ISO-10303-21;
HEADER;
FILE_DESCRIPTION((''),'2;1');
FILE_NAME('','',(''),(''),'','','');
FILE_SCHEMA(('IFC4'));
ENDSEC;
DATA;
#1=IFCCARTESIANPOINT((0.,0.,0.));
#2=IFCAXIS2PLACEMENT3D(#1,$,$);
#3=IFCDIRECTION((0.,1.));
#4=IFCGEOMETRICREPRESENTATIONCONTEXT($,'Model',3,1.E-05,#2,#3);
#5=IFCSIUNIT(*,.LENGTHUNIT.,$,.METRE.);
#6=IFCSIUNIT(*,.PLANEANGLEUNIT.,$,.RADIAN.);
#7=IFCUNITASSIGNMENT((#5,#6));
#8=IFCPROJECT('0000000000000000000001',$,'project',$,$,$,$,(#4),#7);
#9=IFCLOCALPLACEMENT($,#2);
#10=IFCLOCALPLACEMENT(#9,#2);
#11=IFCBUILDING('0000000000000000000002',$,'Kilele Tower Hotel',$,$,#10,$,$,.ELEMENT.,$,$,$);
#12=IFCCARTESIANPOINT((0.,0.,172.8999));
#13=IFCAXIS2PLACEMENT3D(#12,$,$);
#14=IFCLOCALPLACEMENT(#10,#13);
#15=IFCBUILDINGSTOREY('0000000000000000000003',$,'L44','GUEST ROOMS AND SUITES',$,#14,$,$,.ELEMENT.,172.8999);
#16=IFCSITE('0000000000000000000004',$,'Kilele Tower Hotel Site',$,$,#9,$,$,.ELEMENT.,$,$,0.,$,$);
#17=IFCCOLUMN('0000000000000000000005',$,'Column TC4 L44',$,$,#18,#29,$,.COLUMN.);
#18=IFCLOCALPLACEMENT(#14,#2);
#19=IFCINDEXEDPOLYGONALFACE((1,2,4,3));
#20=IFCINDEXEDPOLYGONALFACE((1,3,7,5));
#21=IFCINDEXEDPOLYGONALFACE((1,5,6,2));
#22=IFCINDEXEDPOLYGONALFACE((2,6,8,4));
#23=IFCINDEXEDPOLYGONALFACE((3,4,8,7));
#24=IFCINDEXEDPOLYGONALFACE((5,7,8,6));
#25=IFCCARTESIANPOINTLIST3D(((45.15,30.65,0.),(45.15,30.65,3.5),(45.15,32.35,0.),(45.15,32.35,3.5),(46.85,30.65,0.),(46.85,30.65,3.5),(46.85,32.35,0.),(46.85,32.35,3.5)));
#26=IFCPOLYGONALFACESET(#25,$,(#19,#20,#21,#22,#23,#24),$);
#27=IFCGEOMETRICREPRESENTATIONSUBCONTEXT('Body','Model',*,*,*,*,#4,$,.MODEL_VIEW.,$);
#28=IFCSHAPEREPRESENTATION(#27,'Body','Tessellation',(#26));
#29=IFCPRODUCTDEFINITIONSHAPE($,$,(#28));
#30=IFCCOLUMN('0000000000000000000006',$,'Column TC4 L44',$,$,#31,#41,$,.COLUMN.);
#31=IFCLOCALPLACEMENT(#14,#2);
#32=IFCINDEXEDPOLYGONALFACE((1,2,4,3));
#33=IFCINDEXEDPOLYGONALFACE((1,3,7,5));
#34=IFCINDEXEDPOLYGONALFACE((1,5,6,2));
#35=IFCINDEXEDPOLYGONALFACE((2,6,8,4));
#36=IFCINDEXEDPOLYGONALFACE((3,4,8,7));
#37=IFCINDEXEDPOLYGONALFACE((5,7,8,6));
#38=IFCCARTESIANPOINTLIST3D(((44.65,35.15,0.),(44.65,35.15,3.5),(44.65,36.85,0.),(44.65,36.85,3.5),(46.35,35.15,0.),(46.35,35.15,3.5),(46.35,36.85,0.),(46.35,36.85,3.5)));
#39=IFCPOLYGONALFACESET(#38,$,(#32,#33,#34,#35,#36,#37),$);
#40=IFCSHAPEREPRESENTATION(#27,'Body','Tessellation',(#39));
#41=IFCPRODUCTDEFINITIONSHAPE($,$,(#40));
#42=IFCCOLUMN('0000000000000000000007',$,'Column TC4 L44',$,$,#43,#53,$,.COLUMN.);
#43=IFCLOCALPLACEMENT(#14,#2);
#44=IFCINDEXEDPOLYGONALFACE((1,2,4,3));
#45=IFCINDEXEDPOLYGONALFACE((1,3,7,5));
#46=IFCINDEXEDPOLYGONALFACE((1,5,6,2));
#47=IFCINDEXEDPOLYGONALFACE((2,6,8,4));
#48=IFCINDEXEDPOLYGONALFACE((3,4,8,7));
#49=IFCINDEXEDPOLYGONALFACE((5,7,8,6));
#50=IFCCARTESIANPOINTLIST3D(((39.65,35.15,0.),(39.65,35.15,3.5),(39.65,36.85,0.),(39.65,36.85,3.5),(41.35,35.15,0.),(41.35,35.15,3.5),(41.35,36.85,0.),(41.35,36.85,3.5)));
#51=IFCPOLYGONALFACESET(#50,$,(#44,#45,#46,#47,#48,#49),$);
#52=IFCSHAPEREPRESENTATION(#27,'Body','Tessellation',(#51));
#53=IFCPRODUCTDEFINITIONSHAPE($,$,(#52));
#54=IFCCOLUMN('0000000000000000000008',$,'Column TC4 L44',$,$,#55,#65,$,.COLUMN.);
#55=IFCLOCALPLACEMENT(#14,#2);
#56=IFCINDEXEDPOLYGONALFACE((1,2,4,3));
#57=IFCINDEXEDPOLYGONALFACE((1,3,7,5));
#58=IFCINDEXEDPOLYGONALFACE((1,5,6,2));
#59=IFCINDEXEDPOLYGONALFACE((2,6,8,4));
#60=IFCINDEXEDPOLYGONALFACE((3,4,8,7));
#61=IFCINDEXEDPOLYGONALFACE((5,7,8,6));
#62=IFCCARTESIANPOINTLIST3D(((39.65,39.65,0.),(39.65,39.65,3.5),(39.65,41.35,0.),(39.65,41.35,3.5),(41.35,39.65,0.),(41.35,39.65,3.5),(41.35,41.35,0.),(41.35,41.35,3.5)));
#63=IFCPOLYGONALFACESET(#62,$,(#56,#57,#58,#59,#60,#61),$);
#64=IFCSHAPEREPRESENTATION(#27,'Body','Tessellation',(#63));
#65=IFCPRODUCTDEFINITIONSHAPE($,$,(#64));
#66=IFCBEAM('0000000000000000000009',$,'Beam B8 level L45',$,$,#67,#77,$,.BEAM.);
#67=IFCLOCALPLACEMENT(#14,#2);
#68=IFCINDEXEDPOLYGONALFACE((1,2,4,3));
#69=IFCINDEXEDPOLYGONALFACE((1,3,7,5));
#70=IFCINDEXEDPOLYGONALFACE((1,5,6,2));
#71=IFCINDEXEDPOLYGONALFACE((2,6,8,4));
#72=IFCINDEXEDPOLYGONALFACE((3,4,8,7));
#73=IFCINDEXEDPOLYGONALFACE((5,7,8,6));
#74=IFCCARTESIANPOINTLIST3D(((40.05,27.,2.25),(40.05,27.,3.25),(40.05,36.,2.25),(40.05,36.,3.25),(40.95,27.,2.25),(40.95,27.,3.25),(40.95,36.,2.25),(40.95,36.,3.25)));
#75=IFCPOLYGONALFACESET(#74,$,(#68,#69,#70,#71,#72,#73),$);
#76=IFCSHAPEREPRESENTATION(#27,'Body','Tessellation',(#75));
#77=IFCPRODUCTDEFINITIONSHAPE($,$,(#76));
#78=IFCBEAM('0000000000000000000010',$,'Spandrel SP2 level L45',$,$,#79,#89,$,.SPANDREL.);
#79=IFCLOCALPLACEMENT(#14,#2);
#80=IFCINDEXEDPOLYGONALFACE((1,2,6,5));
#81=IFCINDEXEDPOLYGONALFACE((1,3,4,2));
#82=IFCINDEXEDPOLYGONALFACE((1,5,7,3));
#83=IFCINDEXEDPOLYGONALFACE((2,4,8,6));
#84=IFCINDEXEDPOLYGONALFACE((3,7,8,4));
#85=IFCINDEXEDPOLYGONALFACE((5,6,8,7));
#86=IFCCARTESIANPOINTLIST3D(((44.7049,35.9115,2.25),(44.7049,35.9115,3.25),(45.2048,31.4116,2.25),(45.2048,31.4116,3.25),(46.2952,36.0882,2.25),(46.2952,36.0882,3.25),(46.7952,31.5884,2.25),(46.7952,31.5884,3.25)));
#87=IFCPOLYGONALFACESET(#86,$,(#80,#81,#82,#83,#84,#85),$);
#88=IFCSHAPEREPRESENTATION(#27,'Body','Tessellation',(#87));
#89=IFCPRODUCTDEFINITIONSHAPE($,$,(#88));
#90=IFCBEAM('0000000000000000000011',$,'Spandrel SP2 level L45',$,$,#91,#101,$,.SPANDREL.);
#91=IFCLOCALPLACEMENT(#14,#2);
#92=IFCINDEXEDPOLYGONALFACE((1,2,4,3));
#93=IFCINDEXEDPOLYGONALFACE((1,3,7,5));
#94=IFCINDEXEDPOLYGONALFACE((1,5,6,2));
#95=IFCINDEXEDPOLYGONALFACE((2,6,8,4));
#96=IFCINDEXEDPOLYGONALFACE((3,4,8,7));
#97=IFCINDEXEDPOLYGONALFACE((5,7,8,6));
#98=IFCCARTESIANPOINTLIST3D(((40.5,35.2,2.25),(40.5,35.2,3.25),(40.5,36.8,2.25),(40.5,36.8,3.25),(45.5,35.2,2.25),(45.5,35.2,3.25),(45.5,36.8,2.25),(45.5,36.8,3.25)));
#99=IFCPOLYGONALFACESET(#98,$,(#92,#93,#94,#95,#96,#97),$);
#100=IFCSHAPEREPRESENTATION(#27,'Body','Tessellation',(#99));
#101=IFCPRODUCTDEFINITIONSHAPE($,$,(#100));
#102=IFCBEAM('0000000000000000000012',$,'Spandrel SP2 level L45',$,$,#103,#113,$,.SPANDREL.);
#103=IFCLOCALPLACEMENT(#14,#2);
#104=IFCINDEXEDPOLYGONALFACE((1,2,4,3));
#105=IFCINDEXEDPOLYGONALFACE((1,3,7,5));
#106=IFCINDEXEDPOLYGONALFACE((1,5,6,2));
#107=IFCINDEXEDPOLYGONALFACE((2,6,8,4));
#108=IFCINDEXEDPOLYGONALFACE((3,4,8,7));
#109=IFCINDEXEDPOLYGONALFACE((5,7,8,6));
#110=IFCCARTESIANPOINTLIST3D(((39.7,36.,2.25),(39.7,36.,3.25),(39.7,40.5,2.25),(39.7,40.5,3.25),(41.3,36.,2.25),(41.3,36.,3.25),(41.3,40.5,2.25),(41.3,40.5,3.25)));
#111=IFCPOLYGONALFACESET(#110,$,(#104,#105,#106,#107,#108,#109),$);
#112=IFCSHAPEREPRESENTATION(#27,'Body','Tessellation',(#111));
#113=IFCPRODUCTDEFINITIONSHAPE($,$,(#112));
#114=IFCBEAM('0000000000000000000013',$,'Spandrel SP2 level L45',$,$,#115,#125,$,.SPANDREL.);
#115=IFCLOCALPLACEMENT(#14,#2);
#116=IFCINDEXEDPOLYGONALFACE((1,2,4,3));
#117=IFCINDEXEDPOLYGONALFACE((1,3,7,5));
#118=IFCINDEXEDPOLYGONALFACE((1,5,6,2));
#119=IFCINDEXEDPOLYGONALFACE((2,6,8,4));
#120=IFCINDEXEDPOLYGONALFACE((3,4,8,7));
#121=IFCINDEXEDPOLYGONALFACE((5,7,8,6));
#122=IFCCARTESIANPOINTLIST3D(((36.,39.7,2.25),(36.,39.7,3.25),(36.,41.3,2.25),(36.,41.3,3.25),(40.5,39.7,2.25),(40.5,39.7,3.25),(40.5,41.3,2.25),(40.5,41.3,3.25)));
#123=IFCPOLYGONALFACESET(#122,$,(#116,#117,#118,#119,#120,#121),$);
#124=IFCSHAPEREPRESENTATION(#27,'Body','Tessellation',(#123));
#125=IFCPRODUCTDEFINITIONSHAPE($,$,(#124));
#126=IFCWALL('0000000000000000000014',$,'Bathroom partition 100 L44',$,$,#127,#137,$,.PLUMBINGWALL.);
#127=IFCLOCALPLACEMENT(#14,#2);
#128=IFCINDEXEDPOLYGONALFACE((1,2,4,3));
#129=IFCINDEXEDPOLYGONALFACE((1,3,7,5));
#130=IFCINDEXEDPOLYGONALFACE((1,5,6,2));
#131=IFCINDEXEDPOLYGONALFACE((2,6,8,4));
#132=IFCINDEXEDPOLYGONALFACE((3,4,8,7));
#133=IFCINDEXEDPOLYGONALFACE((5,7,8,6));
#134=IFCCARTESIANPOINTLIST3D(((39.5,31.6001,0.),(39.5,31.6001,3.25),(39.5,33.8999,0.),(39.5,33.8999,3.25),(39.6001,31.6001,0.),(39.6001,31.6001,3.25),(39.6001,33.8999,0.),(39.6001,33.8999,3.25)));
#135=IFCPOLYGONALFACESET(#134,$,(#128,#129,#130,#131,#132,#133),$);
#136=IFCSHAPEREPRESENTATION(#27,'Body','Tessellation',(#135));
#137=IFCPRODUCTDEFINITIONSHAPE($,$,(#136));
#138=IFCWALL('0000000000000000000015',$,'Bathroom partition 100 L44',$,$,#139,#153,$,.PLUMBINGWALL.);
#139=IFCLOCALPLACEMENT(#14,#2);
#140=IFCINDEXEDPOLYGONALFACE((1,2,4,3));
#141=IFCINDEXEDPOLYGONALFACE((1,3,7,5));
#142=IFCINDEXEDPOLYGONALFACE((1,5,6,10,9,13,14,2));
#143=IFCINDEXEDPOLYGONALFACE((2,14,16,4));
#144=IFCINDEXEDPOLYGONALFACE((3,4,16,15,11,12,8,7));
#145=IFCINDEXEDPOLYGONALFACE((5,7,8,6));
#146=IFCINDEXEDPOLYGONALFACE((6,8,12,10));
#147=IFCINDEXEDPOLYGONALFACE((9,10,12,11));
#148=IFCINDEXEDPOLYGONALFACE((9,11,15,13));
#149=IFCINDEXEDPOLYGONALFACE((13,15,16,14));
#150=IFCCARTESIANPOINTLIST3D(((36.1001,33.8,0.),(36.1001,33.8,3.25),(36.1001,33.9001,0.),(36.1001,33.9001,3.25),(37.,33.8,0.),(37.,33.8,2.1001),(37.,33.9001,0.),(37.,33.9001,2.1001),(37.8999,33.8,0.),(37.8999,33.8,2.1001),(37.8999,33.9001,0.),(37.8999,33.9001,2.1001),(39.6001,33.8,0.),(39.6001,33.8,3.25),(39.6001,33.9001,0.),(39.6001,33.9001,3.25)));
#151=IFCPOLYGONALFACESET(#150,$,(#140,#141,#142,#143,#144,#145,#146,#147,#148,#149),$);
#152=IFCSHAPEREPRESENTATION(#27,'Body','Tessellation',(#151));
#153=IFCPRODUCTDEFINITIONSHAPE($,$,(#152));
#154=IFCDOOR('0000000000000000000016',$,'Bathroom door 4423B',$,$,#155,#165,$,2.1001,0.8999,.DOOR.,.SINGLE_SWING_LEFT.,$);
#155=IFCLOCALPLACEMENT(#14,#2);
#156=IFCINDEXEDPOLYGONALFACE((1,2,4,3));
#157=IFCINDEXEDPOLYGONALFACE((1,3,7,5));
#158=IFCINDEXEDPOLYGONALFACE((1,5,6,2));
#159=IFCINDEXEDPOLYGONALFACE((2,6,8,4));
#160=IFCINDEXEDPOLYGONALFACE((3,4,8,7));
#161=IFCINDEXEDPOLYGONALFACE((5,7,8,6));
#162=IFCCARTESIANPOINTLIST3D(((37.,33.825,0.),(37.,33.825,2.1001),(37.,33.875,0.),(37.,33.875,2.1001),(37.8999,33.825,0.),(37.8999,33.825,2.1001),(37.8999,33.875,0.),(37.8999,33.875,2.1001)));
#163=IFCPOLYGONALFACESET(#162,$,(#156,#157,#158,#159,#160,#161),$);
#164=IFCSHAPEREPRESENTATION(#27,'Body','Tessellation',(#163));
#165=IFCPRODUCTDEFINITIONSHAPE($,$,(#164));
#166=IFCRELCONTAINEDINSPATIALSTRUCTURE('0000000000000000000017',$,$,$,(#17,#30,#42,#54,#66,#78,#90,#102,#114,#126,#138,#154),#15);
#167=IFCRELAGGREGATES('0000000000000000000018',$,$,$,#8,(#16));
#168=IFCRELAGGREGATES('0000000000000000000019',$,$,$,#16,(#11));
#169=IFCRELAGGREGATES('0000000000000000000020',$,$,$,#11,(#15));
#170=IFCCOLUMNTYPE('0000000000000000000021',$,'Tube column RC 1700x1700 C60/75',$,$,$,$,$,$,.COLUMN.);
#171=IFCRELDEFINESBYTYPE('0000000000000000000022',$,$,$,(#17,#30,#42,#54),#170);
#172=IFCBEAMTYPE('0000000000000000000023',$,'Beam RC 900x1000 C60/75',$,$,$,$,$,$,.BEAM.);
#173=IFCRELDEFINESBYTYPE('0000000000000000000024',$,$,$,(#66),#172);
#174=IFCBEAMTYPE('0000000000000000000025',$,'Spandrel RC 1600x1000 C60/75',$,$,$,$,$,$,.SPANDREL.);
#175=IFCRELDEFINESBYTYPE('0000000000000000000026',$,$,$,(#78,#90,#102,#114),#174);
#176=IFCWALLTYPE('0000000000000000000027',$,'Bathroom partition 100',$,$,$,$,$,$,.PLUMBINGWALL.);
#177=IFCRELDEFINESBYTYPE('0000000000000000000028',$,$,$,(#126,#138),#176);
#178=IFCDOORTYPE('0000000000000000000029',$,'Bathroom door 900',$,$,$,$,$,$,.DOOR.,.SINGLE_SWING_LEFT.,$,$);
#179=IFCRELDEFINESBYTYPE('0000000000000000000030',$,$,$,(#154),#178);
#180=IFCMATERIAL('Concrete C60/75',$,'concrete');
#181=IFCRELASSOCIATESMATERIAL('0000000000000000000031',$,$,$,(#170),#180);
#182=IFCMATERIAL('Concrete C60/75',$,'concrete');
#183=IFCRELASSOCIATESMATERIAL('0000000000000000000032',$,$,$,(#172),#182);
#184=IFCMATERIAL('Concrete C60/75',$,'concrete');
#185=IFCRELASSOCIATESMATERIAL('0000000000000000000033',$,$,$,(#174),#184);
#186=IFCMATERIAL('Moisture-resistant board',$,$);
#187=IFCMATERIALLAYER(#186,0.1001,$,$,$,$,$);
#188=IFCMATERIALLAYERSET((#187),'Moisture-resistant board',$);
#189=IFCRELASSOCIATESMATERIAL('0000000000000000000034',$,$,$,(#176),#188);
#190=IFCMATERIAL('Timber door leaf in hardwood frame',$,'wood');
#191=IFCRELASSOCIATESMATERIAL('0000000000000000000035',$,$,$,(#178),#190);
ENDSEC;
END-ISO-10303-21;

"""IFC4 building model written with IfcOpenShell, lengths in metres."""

from ifc_helpers import new_model, si_unit, direction, frame, frame_2d, origin, origin_2d, place, context, subcontext, project, spatial, rectangle, extrude, material, layer, layer_set, material_profile, profile_set, type_object, element, fill, save


model = new_model("IFC4")

# Units and contexts
model_context = context("Model", 3, precision=1e-05, world=origin(), true_north=direction((0.0, 1.0)))
body_context = subcontext(model_context, "Body", "Model", "MODEL_VIEW")
ifc_project = project(units=[si_unit("LENGTHUNIT", "METRE"), si_unit("PLANEANGLEUNIT", "RADIAN")], contexts=[model_context])

# Site, building, storey
site_placement = place(None, origin())
site = spatial("IfcSite", under=ifc_project, at=site_placement, Name="Kilele Tower Hotel Site", CompositionType="ELEMENT", RefElevation=0.0)
building_placement = place(site_placement, origin())
building = spatial("IfcBuilding", under=site, at=building_placement, Name="Kilele Tower Hotel", CompositionType="ELEMENT")
storey_placement = place(building_placement, frame((0.0, 0.0, 172.8999)))
storey = spatial("IfcBuildingStorey", under=building, at=storey_placement, Name="L44", Description="GUEST ROOMS AND SUITES", CompositionType="ELEMENT", Elevation=172.8999)

# Columns
ifc_material_1 = material(Name="Concrete C60/75", Category="concrete")
ifc_material_profile_1 = material_profile(ifc_material_1, rectangle(XDim=1.7, YDim=1.7, at=origin_2d()))
ifc_profile_set_1 = profile_set([ifc_material_profile_1], Name="Concrete C60/75")
column_type = type_object("IfcColumnType", Name="Tube column RC 1700x1700 C60/75", PredefinedType="COLUMN", material=ifc_profile_set_1)
for number, where, z_axis, x_axis, name in (
    (1, (46.0, 31.5, 0.0), (0.0, 0.0, 1.0), (1.0, 0.0, 0.0), "Column TC4 L44"),
    (2, (45.5, 36.0, 0.0), (0.0, 0.0, 1.0), (1.0, 0.0, 0.0), "Column TC4 L44"),
    (3, (40.5, 36.0, 0.0), (0.0, 0.0, 1.0), (1.0, 0.0, 0.0), "Column TC4 L44"),
    (4, (40.5, 40.5, 0.0), (0.0, 0.0, 1.0), (1.0, 0.0, 0.0), "Column TC4 L44"),
):
    element("IfcColumn", number, at=place(storey_placement, frame(where, z_axis=z_axis, x_axis=x_axis)), inside=storey, type_object=column_type, Name=name, PredefinedType="COLUMN", context=body_context, shape_type="SweptSolid", body=[
        extrude(rectangle(XDim=1.7, YDim=1.7, at=origin_2d()), origin(), (0.0, 0.0, 1.0), 3.5),
    ])

# Beams
ifc_material_2 = material(Name="Concrete C60/75", Category="concrete")
ifc_material_profile_2 = material_profile(ifc_material_2, rectangle(XDim=0.8999, YDim=1.0, at=origin_2d()))
ifc_profile_set_2 = profile_set([ifc_material_profile_2], Name="Concrete C60/75")
beam_type_1 = type_object("IfcBeamType", Name="Beam RC 900x1000 C60/75", PredefinedType="BEAM", material=ifc_profile_set_2)
beam_1_placement = place(storey_placement, frame((40.5, 36.0, 2.75), z_axis=(0.0, -1.0, 0.0), x_axis=(1.0, 0.0, 0.0)))
element("IfcBeam", 5, at=beam_1_placement, inside=storey, type_object=beam_type_1, Name="Beam B8 level L45", PredefinedType="BEAM", context=body_context, shape_type="SweptSolid", body=[
    extrude(rectangle(XDim=0.8999, YDim=1.0, at=origin_2d()), origin(), (0.0, 0.0, 1.0), 9.0),
])
ifc_material_3 = material(Name="Concrete C60/75", Category="concrete")
ifc_material_profile_3 = material_profile(ifc_material_3, rectangle(XDim=1.6001, YDim=1.0, at=origin_2d()))
ifc_profile_set_3 = profile_set([ifc_material_profile_3], Name="Concrete C60/75")
beam_type_2 = type_object("IfcBeamType", Name="Spandrel RC 1600x1000 C60/75", PredefinedType="SPANDREL", material=ifc_profile_set_3)
beam_2_placement = place(storey_placement, frame((46.0, 31.5, 2.75), z_axis=(-0.110432, 0.993884, 0.0), x_axis=(-0.993884, -0.110432, 0.0)))
element("IfcBeam", 6, at=beam_2_placement, inside=storey, type_object=beam_type_2, Name="Spandrel SP2 level L45", PredefinedType="SPANDREL", context=body_context, shape_type="SweptSolid", body=[
    extrude(rectangle(XDim=1.6001, YDim=1.0, at=origin_2d()), origin(), (0.0, 0.0, 1.0), 4.5276),
])
beam_3_placement = place(storey_placement, frame((45.5, 36.0, 2.75), z_axis=(-1.0, 0.0, 0.0), x_axis=(0.0, -1.0, 0.0)))
element("IfcBeam", 7, at=beam_3_placement, inside=storey, type_object=beam_type_2, Name="Spandrel SP2 level L45", PredefinedType="SPANDREL", context=body_context, shape_type="SweptSolid", body=[
    extrude(rectangle(XDim=1.6001, YDim=1.0, at=origin_2d()), origin(), (0.0, 0.0, 1.0), 5.0),
])
for number, where, z_axis, x_axis, name in (
    (8, (40.5, 36.0, 2.75), (0.0, 1.0, 0.0), (-1.0, 0.0, 0.0), "Spandrel SP2 level L45"),
    (9, (40.5, 40.5, 2.75), (-1.0, 0.0, 0.0), (0.0, -1.0, 0.0), "Spandrel SP2 level L45"),
):
    element("IfcBeam", number, at=place(storey_placement, frame(where, z_axis=z_axis, x_axis=x_axis)), inside=storey, type_object=beam_type_2, Name=name, PredefinedType="SPANDREL", context=body_context, shape_type="SweptSolid", body=[
        extrude(rectangle(XDim=1.6001, YDim=1.0, at=origin_2d()), origin(), (0.0, 0.0, 1.0), 4.5),
    ])

# Wall
ifc_material_4 = material(Name="Moisture-resistant board")
ifc_layer_1 = layer(ifc_material_4, 0.1001)
ifc_layer_set_1 = layer_set([ifc_layer_1], Name="Moisture-resistant board")
wall_type_1 = type_object("IfcWallType", Name="Bathroom partition 100", PredefinedType="PLUMBINGWALL", material=ifc_layer_set_1)
wall_1_placement = place(storey_placement, frame((39.55, 31.6001, 0.0), z_axis=(0.0, 0.0, 1.0), x_axis=(0.0, 1.0, 0.0)))
element("IfcWall", 10, at=wall_1_placement, inside=storey, type_object=wall_type_1, Name="Bathroom partition 100 L44", PredefinedType="PLUMBINGWALL", context=body_context, shape_type="SweptSolid", body=[
    extrude(rectangle(XDim=2.2998, YDim=0.1001, at=frame_2d((1.1499, 0.0))), origin(), (0.0, 0.0, 1.0), 3.25),
])

# Wall, opening, door
wall_2_placement = place(storey_placement, frame((36.1001, 33.8501, 0.0), z_axis=(0.0, 0.0, 1.0), x_axis=(1.0, 0.0, 0.0)))
wall_2 = element("IfcWall", 11, at=wall_2_placement, inside=storey, type_object=wall_type_1, Name="Bathroom partition 100 L44", PredefinedType="PLUMBINGWALL", context=body_context, shape_type="SweptSolid", body=[
    extrude(rectangle(XDim=3.5, YDim=0.1001, at=frame_2d((1.75, 0.0))), origin(), (0.0, 0.0, 1.0), 3.25),
])
opening_1_placement = place(wall_2_placement, frame((0.8999, 0.0, 0.0)))
opening_1 = element("IfcOpeningElement", 12, at=opening_1_placement, cuts=wall_2, PredefinedType="OPENING", context=body_context, shape_type="SweptSolid", body=[
    extrude(rectangle(XDim=0.8999, YDim=2.1001, at=frame_2d((0.45, 1.05))), frame((0.0, 0.0601, 0.0), z_axis=(0.0, -1.0, 0.0), x_axis=(1.0, 0.0, 0.0)), (0.0, 0.0, 1.0), 0.1201),
])
ifc_material_5 = material(Name="Timber door leaf in hardwood frame", Category="wood")
door_type_1 = type_object("IfcDoorType", Name="Bathroom door 900", OperationType="SINGLE_SWING_LEFT", PredefinedType="DOOR", material=ifc_material_5)
door_1_placement = place(opening_1_placement, origin())
door_1 = element("IfcDoor", 13, at=door_1_placement, inside=storey, type_object=door_type_1, Name="Bathroom door 4423B", OperationType="SINGLE_SWING_LEFT", OverallHeight=2.1001, OverallWidth=0.8999, PredefinedType="DOOR", context=body_context, shape_type="SweptSolid", body=[
    extrude(rectangle(XDim=0.8999, YDim=2.1001, at=frame_2d((0.45, 1.05))), frame((0.0, 0.0249, 0.0), z_axis=(0.0, -1.0, 0.0), x_axis=(1.0, 0.0, 0.0)), (0.0, 0.0, 1.0), 0.05),
])
fill(opening_1, door_1)

save(model, "model.ifc")
